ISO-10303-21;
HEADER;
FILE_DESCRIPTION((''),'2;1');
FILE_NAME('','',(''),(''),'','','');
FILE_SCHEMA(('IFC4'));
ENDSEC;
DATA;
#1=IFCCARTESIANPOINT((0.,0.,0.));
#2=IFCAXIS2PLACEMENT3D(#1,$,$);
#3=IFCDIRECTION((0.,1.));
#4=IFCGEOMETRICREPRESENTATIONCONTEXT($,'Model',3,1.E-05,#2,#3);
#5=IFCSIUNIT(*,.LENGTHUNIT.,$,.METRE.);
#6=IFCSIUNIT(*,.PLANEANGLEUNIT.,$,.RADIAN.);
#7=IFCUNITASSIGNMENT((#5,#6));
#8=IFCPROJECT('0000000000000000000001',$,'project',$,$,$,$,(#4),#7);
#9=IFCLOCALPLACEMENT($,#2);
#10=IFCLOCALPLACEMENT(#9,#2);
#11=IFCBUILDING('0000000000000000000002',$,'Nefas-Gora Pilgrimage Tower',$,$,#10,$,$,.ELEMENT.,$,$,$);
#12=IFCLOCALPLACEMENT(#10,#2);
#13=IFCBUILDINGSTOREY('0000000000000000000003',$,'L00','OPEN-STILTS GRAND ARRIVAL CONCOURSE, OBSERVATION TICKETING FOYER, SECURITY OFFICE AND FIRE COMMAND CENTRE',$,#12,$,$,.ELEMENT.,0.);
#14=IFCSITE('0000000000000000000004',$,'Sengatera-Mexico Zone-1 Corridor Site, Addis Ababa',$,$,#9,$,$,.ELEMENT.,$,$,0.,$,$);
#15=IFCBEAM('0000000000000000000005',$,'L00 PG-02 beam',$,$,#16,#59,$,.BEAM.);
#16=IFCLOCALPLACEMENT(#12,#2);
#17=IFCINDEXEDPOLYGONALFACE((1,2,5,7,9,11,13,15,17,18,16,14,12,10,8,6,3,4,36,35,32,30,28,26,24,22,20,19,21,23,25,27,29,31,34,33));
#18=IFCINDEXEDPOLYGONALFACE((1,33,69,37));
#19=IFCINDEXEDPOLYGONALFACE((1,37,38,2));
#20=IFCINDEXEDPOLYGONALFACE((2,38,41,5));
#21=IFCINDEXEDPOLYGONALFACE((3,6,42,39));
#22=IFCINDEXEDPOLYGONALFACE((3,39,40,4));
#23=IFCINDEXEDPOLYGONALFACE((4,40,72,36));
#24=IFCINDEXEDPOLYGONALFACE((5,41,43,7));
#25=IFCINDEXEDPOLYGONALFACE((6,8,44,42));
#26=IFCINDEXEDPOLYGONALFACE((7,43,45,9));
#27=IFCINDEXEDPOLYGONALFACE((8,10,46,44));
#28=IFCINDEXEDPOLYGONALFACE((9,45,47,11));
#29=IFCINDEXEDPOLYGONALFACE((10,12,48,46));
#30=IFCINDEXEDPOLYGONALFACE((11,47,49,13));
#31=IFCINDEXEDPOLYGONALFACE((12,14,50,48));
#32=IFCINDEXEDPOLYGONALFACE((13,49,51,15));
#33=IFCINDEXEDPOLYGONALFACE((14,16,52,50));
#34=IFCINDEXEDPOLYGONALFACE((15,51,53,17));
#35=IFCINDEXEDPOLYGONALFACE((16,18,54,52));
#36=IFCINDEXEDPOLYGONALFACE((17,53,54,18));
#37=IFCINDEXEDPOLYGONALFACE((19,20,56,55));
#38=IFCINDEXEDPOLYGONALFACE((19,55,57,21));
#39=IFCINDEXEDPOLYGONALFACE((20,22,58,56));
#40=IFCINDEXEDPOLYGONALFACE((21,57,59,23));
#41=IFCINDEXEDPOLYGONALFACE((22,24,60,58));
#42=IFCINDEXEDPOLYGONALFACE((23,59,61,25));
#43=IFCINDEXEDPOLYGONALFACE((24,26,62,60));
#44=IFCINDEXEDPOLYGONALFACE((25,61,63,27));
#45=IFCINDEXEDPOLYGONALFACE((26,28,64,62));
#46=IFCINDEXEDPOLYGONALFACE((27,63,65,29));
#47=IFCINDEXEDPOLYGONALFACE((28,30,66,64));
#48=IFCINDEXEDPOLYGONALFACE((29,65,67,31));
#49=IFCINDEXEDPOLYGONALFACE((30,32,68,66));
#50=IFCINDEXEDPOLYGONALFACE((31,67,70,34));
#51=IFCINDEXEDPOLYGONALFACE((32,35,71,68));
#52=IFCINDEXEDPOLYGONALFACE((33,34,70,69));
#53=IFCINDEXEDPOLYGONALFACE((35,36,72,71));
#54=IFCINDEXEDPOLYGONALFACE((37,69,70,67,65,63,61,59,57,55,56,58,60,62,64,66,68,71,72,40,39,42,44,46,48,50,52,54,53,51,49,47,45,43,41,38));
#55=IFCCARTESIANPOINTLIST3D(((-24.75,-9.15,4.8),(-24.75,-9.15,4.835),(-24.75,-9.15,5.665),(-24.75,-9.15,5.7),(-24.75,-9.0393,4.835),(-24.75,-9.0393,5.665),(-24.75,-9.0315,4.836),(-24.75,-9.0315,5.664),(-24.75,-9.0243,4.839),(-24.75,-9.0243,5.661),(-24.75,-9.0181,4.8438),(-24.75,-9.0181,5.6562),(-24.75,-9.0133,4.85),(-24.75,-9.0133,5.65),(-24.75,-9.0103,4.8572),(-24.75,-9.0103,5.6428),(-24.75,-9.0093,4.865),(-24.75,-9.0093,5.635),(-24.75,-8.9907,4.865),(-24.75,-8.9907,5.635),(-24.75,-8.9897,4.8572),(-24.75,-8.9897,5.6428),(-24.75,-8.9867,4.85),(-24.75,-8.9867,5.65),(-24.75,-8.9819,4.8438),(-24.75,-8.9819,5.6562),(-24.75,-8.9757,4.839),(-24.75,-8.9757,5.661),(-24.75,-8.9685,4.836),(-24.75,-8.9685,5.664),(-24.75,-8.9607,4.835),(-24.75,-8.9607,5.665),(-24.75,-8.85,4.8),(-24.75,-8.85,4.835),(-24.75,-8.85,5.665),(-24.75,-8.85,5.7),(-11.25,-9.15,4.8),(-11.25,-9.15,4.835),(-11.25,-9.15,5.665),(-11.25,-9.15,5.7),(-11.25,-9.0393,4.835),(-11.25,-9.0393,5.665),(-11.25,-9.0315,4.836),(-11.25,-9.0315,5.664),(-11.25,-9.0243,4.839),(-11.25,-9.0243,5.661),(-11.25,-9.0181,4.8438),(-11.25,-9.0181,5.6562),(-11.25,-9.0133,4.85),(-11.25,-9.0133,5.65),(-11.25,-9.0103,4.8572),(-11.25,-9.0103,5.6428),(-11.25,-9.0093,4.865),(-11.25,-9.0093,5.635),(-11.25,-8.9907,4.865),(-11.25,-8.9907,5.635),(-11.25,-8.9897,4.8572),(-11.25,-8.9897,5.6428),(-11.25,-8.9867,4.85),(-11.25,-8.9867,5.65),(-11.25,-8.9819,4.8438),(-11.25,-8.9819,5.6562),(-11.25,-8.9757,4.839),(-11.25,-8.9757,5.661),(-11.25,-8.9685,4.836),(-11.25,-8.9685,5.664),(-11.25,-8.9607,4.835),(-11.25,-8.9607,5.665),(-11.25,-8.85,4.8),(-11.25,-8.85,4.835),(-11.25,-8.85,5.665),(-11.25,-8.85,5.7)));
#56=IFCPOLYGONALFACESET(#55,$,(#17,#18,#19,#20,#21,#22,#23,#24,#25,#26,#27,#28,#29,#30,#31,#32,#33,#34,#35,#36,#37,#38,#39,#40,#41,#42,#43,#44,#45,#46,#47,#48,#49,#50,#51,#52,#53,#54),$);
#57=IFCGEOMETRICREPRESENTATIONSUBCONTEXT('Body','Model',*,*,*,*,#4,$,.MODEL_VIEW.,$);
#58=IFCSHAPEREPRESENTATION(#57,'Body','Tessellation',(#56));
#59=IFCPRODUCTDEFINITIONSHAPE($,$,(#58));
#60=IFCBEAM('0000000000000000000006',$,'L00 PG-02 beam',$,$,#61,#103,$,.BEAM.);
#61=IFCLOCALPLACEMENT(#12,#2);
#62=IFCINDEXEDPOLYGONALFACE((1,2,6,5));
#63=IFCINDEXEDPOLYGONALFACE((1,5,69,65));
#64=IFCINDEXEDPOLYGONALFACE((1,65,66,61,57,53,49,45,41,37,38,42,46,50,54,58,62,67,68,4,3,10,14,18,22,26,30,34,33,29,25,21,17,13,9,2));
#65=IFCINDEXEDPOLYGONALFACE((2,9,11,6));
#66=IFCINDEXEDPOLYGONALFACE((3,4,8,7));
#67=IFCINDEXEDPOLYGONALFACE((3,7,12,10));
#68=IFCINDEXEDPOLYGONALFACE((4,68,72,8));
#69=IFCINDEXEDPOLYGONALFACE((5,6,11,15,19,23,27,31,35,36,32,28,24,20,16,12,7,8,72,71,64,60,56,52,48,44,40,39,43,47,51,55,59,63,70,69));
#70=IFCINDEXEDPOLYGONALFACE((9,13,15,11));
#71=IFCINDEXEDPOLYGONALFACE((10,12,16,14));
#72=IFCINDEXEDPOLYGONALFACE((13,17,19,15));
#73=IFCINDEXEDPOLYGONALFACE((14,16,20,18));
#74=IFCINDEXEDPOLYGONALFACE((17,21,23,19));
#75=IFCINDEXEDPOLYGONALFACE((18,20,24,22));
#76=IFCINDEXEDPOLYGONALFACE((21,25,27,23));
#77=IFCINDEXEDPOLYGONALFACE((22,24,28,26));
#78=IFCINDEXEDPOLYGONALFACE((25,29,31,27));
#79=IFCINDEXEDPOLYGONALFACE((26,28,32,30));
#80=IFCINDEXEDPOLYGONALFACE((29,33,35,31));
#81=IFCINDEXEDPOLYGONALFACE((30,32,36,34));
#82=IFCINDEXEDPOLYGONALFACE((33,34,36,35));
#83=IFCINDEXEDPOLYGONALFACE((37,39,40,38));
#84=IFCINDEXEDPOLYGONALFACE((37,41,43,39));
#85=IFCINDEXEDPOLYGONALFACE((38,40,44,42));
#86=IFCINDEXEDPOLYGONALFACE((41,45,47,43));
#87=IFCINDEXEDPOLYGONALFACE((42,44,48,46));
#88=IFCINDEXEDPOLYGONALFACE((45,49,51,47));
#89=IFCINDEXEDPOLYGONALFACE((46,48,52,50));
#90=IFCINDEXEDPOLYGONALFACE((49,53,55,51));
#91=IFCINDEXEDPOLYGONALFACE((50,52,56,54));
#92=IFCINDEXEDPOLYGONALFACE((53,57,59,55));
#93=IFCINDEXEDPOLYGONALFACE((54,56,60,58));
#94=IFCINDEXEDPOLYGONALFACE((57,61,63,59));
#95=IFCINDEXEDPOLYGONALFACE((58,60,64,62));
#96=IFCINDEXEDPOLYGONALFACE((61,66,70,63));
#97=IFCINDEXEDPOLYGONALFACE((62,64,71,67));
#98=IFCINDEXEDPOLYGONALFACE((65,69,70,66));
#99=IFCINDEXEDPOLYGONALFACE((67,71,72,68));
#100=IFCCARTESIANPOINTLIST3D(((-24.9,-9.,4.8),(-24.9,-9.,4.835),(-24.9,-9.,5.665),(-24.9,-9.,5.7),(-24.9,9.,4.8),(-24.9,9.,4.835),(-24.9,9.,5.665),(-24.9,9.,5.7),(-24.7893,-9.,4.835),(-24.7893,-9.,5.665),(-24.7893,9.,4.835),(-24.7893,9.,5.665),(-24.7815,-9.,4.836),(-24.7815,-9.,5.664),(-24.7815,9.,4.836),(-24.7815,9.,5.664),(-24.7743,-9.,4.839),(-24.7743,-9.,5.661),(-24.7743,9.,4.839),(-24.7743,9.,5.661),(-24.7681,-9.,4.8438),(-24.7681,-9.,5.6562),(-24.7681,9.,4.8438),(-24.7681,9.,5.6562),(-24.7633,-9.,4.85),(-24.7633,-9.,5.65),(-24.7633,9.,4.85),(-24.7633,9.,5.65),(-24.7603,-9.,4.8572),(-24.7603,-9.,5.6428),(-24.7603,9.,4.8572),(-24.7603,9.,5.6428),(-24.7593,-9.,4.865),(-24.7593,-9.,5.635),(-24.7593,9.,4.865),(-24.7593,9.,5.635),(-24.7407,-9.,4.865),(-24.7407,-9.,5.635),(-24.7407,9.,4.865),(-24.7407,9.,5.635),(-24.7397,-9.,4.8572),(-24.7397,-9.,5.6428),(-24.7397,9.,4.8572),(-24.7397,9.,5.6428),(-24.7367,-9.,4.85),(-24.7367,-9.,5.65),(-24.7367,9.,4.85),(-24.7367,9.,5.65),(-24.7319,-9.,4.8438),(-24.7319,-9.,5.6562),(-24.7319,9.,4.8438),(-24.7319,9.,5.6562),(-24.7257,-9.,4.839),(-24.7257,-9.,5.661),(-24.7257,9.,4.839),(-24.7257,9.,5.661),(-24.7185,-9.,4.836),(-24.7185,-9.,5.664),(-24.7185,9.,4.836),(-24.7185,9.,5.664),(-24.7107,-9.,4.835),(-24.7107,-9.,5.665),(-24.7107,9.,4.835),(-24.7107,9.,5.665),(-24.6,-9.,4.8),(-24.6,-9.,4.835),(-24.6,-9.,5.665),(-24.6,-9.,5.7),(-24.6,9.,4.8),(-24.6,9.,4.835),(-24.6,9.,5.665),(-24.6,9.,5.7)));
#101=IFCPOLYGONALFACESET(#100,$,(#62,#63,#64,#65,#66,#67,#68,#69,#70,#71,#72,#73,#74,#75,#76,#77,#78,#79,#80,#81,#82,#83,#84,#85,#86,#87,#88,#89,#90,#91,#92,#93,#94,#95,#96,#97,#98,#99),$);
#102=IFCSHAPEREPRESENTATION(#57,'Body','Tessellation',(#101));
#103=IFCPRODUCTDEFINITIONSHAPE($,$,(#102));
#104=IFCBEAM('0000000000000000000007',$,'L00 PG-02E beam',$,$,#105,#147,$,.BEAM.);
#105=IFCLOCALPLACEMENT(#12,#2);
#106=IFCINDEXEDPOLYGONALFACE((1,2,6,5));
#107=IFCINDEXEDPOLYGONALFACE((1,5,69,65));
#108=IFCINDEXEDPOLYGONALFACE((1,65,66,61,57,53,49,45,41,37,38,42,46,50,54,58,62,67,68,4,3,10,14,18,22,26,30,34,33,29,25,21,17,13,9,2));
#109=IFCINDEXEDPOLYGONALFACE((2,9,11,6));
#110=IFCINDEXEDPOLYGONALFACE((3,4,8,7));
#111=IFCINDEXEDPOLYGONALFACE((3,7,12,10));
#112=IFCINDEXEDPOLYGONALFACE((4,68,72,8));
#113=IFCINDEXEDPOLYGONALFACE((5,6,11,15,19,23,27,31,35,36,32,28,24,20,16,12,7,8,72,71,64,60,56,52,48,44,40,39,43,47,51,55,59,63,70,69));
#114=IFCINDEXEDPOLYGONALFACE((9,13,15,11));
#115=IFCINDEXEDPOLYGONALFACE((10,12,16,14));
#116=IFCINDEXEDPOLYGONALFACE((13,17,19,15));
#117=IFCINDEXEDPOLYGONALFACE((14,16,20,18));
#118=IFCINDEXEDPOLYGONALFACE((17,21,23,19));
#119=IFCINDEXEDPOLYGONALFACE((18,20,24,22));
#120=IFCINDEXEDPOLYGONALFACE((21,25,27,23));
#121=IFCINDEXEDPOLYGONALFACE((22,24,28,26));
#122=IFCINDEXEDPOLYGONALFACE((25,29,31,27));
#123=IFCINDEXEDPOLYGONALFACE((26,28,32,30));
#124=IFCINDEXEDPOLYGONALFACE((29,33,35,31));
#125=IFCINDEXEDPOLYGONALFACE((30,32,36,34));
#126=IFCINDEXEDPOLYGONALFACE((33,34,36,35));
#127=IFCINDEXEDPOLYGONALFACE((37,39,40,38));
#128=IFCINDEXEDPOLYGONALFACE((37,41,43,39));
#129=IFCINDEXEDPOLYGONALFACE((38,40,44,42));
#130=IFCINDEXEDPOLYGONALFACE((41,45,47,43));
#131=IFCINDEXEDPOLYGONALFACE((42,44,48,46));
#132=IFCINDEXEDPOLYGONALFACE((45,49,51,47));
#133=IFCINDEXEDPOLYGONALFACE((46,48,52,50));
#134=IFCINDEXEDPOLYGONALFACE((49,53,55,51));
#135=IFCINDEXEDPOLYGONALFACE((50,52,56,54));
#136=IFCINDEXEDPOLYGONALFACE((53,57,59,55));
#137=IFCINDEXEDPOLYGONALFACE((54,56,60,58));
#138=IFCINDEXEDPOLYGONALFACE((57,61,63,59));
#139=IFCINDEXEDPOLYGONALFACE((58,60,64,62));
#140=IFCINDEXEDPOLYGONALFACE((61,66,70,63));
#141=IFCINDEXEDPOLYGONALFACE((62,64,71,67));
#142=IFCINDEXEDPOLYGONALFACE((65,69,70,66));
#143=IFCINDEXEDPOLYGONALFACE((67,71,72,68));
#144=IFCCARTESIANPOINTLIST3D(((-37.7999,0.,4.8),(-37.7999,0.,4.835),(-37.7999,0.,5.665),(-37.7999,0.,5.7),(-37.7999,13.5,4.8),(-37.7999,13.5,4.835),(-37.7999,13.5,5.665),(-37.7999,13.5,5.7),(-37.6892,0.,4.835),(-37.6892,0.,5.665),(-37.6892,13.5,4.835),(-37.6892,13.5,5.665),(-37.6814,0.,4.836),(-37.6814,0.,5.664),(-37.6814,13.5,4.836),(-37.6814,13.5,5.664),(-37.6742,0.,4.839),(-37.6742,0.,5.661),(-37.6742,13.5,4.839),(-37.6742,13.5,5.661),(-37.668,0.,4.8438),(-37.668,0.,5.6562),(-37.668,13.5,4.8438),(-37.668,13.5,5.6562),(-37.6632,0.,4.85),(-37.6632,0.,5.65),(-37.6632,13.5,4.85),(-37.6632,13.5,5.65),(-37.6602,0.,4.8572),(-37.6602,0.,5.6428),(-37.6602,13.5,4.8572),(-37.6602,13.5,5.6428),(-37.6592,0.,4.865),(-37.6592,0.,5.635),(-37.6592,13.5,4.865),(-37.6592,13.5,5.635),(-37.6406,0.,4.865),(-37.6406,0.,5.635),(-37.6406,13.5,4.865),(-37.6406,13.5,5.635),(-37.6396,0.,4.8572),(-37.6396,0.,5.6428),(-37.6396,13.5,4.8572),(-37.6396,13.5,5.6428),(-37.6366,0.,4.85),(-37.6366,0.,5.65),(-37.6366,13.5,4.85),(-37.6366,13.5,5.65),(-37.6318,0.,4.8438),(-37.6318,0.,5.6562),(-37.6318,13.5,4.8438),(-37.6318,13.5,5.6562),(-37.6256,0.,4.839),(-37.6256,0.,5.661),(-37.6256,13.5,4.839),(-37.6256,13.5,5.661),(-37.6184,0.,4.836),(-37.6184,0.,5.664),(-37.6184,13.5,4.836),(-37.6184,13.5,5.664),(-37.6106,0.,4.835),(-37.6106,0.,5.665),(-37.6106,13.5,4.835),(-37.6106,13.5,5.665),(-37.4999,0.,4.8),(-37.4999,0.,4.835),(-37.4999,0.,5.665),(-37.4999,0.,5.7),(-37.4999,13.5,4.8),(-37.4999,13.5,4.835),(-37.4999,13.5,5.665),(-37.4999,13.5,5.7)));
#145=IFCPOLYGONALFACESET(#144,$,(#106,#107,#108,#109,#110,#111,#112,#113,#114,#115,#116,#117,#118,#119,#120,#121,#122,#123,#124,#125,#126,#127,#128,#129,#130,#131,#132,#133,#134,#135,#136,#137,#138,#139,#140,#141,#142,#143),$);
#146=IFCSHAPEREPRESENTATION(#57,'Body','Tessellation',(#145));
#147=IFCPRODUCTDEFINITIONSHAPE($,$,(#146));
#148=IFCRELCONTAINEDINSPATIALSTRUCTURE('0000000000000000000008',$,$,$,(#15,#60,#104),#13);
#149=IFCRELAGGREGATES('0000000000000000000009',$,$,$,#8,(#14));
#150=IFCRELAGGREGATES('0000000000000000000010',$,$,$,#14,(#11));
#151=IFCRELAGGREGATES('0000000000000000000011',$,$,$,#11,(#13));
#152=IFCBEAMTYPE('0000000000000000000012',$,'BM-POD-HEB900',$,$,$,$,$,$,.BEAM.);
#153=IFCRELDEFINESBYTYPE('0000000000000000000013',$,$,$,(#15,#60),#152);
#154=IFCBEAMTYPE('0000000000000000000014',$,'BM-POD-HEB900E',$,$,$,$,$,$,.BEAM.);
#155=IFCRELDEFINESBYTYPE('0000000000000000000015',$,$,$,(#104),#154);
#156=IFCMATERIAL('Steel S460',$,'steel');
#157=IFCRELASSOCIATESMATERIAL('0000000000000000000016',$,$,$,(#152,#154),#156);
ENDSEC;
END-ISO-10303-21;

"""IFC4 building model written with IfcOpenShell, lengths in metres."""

from ifc_helpers import new_model, si_unit, direction, frame, origin, origin_2d, place, context, subcontext, project, spatial, i_section, extrude, source, transform, mapped, material, material_profile, profile_set, type_object, element, save


model = new_model("IFC4")

# Units and contexts
model_context = context("Model", 3, precision=1e-05, world=origin(), true_north=direction((0.0, 1.0)))
body_context = subcontext(model_context, "Body", "Model", "MODEL_VIEW")
ifc_project = project(units=[si_unit("LENGTHUNIT", "METRE"), si_unit("PLANEANGLEUNIT", "RADIAN")], contexts=[model_context])

# Site, building, storey
site_placement = place(None, origin())
site = spatial("IfcSite", under=ifc_project, at=site_placement, Name="Sengatera-Mexico Zone-1 Corridor Site, Addis Ababa", CompositionType="ELEMENT", RefElevation=0.0)
building_placement = place(site_placement, origin())
building = spatial("IfcBuilding", under=site, at=building_placement, Name="Nefas-Gora Pilgrimage Tower", CompositionType="ELEMENT")
storey_placement = place(building_placement, origin())
storey = spatial("IfcBuildingStorey", under=building, at=storey_placement, Name="L00", Description="OPEN-STILTS GRAND ARRIVAL CONCOURSE, OBSERVATION TICKETING FOYER, SECURITY OFFICE AND FIRE COMMAND CENTRE", CompositionType="ELEMENT", Elevation=0.0)

# Shared definitions
ifc_material_1 = material(Name="Steel S460", Category="steel")

# Beams
ifc_material_profile_1 = material_profile(ifc_material_1, i_section(OverallWidth=0.3, OverallDepth=0.8999, WebThickness=0.0186, FlangeThickness=0.0349, FilletRadius=0.03, at=origin_2d()), Name="HEB 900")
ifc_profile_set_1 = profile_set([ifc_material_profile_1], Name="Steel S460")
beam_type_1 = type_object("IfcBeamType", Name="BM-POD-HEB900", PredefinedType="BEAM", material=ifc_profile_set_1)
shared_shape_1 = source(origin(), body_context, "Body", "SweptSolid", [
    extrude(i_section(OverallWidth=0.3, OverallDepth=0.8999, WebThickness=0.0186, FlangeThickness=0.0349, FilletRadius=0.03, at=origin_2d()), origin(), (0.0, 0.0, 1.0), 13.5),
])
beam_1_placement = place(storey_placement, frame((-24.75, -9.0, 5.25), z_axis=(1.0, 0.0, 0.0), x_axis=(0.0, 1.0, 0.0)))
element("IfcBeam", 1, at=beam_1_placement, inside=storey, type_object=beam_type_1, Name="L00 PG-02 beam", PredefinedType="BEAM", context=body_context, shape_type="MappedRepresentation", body=[
    mapped(shared_shape_1, transform((0.0, 0.0, 0.0), x_axis=(1.0, 0.0, 0.0), y_axis=(0.0, 1.0, 0.0), z_axis=(0.0, 0.0, 1.0), scale=1.0)),
])
shared_shape_2 = source(origin(), body_context, "Body", "SweptSolid", [
    extrude(i_section(OverallWidth=0.3, OverallDepth=0.8999, WebThickness=0.0186, FlangeThickness=0.0349, FilletRadius=0.03, at=origin_2d()), origin(), (0.0, 0.0, 1.0), 18.0),
])
beam_2_placement = place(storey_placement, frame((-24.75, -9.0, 5.25), z_axis=(0.0, 1.0, 0.0), x_axis=(-1.0, 0.0, 0.0)))
element("IfcBeam", 2, at=beam_2_placement, inside=storey, type_object=beam_type_1, Name="L00 PG-02 beam", PredefinedType="BEAM", context=body_context, shape_type="MappedRepresentation", body=[
    mapped(shared_shape_2, transform((0.0, 0.0, 0.0), x_axis=(1.0, 0.0, 0.0), y_axis=(0.0, 1.0, 0.0), z_axis=(0.0, 0.0, 1.0), scale=1.0)),
])
ifc_material_profile_2 = material_profile(ifc_material_1, i_section(OverallWidth=0.3, OverallDepth=0.8999, WebThickness=0.0186, FlangeThickness=0.0349, FilletRadius=0.03, at=origin_2d()), Name="HEB 900")
ifc_profile_set_2 = profile_set([ifc_material_profile_2], Name="Steel S460")
beam_type_2 = type_object("IfcBeamType", Name="BM-POD-HEB900E", PredefinedType="BEAM", material=ifc_profile_set_2)
shared_shape_3 = source(origin(), body_context, "Body", "SweptSolid", [
    extrude(i_section(OverallWidth=0.3, OverallDepth=0.8999, WebThickness=0.0186, FlangeThickness=0.0349, FilletRadius=0.03, at=origin_2d()), origin(), (0.0, 0.0, 1.0), 13.5),
])
beam_3_placement = place(storey_placement, frame((-37.6499, 0.0, 5.25), z_axis=(0.0, 1.0, 0.0), x_axis=(-1.0, 0.0, 0.0)))
element("IfcBeam", 3, at=beam_3_placement, inside=storey, type_object=beam_type_2, Name="L00 PG-02E beam", PredefinedType="BEAM", context=body_context, shape_type="MappedRepresentation", body=[
    mapped(shared_shape_3, transform((0.0, 0.0, 0.0), x_axis=(1.0, 0.0, 0.0), y_axis=(0.0, 1.0, 0.0), z_axis=(0.0, 0.0, 1.0), scale=1.0)),
])

save(model, "model.ifc")
